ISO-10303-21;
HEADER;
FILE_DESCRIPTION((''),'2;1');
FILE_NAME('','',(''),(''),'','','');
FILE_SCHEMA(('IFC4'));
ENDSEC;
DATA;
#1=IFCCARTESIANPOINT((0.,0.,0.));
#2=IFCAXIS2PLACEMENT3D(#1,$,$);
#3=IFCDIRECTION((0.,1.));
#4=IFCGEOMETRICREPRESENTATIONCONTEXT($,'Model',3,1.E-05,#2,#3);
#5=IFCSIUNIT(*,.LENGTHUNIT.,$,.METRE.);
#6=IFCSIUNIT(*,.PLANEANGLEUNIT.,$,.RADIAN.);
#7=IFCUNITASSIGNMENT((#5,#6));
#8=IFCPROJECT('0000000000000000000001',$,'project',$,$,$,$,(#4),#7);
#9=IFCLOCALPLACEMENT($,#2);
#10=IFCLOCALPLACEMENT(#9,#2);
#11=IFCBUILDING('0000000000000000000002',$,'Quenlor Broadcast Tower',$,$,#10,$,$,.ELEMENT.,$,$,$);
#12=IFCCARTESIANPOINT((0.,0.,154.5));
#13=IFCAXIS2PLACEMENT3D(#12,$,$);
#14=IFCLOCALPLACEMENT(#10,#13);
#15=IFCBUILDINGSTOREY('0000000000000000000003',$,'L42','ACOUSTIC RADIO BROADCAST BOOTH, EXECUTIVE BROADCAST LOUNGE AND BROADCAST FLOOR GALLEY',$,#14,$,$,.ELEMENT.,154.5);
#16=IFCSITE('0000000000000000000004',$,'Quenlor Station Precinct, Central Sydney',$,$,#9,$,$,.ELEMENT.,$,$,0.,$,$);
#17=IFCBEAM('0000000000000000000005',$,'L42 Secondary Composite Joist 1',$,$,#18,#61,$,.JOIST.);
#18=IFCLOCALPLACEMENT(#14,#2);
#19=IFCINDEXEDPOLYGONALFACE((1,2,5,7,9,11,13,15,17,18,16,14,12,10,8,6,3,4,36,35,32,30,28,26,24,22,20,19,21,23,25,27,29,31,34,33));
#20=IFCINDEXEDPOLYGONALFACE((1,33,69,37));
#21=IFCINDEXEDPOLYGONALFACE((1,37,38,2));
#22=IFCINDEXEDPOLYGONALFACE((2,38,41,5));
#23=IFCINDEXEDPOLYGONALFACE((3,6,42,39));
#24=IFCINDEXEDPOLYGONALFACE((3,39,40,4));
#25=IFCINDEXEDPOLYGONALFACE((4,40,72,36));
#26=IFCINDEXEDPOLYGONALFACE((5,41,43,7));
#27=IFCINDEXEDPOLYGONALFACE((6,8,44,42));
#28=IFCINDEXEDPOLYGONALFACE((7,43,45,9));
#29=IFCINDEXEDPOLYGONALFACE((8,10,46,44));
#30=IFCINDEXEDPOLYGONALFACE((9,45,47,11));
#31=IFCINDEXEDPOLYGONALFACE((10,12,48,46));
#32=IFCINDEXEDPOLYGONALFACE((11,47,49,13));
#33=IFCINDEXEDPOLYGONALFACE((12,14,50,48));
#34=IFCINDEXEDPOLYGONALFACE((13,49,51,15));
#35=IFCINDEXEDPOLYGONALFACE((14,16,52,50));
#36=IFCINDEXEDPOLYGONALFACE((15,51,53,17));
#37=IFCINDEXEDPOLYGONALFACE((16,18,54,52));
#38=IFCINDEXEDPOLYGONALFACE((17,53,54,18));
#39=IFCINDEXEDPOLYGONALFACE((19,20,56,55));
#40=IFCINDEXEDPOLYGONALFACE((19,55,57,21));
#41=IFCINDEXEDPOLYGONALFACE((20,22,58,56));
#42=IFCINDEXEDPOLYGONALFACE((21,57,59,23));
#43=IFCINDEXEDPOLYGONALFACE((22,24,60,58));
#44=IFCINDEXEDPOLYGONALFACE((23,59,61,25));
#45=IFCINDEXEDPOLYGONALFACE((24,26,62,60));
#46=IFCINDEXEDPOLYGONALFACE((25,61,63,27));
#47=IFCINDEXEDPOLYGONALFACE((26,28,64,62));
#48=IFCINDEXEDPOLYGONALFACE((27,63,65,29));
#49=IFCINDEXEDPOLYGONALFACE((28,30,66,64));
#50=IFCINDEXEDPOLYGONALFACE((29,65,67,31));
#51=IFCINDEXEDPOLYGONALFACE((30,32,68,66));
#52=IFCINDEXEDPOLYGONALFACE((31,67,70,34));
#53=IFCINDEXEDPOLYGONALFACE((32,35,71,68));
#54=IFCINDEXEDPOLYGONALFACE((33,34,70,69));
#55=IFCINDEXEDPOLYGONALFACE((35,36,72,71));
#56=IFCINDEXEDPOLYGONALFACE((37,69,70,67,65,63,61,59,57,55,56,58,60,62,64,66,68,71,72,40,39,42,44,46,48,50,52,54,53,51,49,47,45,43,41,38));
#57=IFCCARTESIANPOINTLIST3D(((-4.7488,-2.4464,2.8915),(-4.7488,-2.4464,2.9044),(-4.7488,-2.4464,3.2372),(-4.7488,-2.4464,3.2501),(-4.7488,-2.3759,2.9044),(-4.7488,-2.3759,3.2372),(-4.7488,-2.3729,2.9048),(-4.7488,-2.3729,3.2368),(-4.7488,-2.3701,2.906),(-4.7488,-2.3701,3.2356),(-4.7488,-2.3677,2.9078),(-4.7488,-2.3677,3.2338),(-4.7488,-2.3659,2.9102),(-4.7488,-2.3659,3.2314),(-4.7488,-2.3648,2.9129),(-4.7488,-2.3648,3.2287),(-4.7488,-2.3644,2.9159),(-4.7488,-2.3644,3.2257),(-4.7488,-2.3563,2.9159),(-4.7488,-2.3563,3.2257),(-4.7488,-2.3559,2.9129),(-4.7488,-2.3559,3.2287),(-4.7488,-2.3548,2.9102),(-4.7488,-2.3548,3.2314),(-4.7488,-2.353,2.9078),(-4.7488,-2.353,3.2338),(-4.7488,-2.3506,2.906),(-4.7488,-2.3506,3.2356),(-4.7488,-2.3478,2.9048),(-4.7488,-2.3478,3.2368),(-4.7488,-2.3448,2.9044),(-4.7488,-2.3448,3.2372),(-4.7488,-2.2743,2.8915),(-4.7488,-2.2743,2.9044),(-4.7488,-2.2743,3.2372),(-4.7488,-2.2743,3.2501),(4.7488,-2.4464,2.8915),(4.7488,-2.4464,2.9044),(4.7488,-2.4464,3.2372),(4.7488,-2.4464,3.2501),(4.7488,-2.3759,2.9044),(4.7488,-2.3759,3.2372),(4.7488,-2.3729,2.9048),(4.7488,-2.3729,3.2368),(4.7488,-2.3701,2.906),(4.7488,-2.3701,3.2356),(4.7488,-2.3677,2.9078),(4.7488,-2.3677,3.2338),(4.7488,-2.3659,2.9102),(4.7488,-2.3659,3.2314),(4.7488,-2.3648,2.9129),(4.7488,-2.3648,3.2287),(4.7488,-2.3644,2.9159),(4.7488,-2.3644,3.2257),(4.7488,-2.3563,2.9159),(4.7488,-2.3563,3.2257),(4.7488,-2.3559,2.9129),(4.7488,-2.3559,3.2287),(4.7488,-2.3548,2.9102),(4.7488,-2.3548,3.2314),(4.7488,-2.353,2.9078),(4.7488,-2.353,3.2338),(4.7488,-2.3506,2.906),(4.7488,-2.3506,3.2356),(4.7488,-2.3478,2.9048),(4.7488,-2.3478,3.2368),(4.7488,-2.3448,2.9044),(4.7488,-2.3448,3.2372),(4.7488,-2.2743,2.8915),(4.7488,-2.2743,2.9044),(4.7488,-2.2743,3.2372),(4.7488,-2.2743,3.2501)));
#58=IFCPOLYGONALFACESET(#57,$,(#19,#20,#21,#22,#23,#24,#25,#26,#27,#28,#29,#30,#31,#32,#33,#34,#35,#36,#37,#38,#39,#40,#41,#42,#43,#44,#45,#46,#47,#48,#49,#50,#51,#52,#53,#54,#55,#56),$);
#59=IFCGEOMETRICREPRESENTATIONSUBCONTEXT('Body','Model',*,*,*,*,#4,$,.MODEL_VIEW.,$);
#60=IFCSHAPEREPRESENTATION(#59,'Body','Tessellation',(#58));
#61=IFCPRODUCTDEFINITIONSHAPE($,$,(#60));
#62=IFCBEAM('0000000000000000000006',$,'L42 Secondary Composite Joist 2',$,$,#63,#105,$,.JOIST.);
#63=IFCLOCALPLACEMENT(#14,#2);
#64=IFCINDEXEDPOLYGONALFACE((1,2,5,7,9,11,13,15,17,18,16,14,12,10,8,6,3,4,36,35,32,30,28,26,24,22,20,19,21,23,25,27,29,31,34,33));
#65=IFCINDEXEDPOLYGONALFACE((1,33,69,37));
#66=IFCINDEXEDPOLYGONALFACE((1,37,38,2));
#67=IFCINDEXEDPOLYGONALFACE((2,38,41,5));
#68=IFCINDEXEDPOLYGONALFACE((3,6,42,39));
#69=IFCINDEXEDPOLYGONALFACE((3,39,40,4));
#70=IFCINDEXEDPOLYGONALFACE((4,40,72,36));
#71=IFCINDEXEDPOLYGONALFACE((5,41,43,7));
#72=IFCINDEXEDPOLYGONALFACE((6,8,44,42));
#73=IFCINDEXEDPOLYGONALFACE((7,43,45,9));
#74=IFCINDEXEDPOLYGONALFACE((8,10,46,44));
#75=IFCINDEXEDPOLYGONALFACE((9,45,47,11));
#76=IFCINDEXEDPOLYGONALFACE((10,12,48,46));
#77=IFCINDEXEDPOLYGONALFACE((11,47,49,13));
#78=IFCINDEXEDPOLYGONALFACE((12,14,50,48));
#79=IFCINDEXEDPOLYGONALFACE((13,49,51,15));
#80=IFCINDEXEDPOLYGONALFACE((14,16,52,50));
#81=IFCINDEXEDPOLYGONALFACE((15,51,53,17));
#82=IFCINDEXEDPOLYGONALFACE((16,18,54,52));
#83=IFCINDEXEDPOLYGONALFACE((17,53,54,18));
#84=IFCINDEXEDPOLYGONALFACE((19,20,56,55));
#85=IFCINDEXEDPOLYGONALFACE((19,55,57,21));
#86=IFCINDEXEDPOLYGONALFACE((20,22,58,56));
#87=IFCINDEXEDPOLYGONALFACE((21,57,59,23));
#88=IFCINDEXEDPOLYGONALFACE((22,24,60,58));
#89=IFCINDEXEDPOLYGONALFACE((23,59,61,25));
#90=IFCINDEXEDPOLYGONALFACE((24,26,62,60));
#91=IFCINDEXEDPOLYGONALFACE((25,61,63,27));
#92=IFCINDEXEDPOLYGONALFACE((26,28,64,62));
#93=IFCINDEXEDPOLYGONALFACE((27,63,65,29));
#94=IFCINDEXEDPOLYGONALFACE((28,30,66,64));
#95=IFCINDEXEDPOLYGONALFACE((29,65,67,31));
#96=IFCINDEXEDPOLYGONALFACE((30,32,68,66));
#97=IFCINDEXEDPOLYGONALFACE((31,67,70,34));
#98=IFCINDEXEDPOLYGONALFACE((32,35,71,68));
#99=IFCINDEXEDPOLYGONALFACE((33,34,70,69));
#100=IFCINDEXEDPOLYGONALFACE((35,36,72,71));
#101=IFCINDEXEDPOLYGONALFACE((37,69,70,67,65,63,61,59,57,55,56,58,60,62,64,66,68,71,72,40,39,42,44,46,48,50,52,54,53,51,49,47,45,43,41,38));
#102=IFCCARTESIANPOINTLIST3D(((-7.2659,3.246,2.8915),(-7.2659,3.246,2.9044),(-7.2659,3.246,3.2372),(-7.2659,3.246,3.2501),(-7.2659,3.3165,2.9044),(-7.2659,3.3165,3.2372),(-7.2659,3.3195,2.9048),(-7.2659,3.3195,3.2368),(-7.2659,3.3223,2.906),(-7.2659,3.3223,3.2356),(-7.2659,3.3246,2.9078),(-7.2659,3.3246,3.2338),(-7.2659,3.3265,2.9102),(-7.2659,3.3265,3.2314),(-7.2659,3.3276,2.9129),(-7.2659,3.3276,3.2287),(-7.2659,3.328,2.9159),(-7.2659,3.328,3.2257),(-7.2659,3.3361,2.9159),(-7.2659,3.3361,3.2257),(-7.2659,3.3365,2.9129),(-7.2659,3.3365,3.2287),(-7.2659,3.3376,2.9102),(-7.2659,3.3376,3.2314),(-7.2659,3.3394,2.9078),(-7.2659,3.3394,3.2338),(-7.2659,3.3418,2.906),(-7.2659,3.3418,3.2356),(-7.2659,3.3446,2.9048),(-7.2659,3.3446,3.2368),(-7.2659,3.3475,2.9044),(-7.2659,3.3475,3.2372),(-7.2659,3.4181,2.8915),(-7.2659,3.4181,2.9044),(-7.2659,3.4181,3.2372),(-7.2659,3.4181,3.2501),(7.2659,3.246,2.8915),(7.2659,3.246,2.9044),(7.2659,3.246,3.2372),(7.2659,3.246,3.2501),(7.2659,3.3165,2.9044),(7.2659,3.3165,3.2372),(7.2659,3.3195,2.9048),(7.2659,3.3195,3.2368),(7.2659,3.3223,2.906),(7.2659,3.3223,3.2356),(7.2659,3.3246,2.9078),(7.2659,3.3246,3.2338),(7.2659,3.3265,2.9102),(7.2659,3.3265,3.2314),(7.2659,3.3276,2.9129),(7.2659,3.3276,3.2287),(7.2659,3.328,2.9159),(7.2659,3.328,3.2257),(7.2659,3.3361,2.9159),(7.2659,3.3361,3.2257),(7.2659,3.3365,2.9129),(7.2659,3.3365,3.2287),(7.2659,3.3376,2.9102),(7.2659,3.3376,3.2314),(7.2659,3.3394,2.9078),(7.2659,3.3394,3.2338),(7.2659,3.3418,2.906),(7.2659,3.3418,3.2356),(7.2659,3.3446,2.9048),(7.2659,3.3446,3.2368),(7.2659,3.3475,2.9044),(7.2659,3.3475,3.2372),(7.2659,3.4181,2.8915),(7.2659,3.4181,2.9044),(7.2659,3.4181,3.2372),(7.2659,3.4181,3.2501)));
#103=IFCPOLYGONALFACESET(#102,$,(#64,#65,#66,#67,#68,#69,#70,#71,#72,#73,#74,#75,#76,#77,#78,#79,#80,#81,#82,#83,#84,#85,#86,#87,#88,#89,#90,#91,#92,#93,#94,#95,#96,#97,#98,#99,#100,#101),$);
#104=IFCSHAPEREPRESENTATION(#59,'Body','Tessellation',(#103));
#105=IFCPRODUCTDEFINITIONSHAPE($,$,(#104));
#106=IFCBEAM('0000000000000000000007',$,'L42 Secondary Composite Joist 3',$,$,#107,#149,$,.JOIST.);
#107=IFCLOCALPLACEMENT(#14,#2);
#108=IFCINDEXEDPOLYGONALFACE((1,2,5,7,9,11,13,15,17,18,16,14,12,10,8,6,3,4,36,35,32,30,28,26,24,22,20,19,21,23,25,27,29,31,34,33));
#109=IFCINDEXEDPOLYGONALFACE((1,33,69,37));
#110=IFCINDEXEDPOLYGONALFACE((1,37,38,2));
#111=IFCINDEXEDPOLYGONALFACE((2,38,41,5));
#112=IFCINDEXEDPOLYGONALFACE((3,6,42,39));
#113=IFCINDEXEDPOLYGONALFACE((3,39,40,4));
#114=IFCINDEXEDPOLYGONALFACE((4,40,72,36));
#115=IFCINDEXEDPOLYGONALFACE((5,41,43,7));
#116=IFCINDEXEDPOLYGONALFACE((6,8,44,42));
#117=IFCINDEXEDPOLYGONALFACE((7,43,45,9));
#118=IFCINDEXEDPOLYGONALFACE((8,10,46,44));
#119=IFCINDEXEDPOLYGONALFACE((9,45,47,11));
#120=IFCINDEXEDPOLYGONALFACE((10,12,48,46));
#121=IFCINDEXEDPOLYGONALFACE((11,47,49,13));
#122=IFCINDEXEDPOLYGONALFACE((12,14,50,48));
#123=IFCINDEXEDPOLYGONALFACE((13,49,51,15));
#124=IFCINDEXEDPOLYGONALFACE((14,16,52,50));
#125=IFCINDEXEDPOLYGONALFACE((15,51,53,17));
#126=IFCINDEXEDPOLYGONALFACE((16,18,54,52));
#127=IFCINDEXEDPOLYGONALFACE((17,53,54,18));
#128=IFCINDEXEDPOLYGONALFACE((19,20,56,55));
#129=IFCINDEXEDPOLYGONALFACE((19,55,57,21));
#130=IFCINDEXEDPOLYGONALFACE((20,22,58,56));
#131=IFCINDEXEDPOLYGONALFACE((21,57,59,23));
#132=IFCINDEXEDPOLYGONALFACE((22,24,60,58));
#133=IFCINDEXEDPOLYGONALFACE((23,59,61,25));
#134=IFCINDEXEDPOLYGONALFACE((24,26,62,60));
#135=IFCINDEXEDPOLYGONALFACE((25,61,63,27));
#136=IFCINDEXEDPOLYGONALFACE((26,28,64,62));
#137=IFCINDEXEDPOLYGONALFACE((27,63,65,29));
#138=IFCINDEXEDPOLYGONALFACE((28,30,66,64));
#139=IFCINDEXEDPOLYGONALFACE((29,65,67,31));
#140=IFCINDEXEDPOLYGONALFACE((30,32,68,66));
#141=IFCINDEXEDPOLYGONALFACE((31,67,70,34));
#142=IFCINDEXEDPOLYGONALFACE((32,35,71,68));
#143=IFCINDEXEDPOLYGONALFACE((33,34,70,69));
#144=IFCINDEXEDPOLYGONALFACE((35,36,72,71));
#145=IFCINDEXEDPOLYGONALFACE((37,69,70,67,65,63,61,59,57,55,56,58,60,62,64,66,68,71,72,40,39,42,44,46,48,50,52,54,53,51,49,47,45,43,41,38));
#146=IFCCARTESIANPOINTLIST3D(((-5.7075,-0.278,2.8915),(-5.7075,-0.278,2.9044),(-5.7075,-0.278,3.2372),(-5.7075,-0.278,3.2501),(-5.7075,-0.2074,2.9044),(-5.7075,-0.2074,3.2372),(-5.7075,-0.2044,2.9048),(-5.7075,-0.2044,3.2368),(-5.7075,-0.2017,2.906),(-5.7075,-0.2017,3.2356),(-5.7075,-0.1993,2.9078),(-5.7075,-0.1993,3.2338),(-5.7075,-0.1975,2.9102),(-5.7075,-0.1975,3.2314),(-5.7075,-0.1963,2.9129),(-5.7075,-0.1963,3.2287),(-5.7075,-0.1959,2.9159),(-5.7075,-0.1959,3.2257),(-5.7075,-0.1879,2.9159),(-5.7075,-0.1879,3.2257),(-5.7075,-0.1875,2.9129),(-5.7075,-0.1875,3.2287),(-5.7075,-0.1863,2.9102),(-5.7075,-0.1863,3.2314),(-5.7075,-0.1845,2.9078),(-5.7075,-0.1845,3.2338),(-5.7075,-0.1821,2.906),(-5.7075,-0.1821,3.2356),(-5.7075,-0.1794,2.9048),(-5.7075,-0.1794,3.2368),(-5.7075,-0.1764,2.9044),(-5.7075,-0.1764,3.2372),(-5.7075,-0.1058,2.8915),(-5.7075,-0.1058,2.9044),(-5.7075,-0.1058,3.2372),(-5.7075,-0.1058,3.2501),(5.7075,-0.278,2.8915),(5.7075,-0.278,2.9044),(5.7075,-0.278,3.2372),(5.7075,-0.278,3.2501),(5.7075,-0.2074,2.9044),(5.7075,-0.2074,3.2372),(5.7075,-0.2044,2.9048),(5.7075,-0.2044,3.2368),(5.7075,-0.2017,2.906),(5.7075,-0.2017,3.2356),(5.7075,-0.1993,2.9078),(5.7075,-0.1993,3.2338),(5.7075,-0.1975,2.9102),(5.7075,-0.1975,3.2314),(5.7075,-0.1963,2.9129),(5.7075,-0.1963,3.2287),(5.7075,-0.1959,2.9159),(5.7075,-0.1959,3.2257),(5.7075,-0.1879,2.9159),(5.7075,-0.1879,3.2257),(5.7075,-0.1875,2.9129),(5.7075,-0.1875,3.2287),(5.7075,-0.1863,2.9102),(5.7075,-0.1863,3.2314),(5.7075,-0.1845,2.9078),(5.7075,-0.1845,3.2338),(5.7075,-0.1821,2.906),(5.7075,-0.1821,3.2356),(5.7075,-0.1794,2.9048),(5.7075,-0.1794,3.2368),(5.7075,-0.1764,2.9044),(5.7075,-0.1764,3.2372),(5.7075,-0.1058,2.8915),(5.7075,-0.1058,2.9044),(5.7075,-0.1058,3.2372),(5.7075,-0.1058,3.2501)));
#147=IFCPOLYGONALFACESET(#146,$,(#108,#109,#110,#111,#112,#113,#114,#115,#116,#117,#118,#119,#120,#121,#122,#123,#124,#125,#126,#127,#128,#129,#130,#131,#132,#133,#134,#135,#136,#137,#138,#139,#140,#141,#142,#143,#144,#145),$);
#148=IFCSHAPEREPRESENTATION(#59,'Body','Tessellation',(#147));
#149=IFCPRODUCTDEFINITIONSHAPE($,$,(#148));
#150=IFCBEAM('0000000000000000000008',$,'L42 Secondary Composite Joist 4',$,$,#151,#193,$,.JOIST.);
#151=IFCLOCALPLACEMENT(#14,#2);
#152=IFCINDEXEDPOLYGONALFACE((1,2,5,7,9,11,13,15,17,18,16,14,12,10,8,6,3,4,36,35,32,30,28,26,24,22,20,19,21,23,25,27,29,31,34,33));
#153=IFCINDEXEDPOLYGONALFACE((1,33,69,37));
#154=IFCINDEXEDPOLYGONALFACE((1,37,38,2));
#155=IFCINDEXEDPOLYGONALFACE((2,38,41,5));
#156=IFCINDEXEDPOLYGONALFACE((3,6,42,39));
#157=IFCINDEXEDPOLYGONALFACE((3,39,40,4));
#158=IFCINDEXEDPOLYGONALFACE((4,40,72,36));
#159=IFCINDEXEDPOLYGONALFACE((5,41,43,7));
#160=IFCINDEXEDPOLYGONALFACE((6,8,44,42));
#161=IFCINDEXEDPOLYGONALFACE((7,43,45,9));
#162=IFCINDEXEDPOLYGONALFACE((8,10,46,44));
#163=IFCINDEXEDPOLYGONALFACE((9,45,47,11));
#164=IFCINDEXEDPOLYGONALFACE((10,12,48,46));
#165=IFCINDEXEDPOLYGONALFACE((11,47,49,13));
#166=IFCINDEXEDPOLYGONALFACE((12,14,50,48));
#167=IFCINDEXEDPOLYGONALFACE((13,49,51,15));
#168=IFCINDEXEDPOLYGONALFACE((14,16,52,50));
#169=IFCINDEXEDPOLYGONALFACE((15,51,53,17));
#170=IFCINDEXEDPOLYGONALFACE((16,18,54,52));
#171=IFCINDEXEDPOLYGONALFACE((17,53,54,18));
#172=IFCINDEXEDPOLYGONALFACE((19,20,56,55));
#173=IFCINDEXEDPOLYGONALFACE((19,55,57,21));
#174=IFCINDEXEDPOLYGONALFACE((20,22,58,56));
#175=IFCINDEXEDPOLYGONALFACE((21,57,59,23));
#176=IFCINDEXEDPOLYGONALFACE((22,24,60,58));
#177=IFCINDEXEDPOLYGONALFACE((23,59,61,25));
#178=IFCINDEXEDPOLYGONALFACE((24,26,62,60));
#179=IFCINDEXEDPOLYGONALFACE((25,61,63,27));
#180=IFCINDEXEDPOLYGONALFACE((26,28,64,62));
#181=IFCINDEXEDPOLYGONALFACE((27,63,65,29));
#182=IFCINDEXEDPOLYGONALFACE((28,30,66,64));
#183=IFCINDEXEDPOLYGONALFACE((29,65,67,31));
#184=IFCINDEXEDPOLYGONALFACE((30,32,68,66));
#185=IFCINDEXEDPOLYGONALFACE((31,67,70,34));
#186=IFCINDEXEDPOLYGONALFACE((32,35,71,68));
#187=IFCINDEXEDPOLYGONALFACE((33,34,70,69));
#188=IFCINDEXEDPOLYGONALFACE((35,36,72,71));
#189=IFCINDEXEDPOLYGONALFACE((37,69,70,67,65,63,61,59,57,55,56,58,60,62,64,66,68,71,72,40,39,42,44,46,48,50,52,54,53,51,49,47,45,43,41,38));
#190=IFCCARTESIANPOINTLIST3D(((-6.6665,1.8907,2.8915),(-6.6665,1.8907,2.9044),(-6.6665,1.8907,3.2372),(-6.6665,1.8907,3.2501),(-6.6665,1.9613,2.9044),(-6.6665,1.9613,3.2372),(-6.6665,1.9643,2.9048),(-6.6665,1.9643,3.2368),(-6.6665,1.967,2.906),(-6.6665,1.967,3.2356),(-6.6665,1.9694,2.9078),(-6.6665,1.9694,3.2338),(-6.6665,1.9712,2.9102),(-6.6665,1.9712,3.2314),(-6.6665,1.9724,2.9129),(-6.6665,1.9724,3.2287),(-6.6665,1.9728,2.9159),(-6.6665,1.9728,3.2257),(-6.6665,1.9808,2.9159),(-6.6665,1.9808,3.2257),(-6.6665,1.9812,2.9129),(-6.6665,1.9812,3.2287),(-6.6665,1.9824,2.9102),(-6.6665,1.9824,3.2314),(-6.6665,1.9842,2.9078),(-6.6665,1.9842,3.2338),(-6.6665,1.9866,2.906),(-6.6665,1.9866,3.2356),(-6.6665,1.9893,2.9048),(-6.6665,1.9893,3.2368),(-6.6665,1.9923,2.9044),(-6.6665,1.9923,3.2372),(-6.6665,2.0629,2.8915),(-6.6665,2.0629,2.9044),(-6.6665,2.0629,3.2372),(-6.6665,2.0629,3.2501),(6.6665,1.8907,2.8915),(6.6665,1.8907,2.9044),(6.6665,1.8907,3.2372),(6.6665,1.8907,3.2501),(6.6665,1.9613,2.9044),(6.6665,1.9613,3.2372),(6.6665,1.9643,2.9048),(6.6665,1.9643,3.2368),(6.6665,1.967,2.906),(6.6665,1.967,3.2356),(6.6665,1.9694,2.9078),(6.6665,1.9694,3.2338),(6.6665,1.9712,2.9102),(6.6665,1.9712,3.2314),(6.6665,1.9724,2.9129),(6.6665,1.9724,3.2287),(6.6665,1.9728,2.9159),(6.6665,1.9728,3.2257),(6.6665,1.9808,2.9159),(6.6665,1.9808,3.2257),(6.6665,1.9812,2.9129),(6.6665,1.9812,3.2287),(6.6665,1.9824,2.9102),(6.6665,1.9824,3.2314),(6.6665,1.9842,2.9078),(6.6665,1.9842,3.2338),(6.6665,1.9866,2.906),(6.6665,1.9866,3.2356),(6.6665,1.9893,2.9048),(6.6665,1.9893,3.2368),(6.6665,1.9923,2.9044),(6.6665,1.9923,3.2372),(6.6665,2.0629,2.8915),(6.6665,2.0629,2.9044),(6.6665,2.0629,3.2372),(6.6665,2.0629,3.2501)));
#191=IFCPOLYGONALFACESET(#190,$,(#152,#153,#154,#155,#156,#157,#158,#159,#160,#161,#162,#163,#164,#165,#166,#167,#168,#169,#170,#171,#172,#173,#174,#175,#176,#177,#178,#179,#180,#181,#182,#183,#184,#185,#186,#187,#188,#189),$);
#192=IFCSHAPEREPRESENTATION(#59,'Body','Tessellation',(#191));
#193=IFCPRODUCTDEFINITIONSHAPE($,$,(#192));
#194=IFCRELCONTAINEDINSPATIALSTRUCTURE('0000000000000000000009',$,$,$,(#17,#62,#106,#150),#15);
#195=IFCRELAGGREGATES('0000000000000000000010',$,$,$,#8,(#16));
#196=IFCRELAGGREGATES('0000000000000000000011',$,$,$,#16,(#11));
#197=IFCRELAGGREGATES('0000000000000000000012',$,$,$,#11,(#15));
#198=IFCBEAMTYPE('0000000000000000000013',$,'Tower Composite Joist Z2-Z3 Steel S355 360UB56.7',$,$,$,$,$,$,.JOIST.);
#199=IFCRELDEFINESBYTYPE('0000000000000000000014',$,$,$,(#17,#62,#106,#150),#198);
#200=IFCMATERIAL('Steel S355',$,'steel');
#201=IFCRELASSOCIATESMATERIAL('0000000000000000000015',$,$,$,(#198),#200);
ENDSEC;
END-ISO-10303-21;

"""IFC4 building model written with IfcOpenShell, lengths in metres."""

from ifc_helpers import new_model, si_unit, direction, frame, origin, origin_2d, place, context, subcontext, project, spatial, i_section, extrude, material, material_profile, profile_set, type_object, element, save


model = new_model("IFC4")

# Units and contexts
model_context = context("Model", 3, precision=1e-05, world=origin(), true_north=direction((0.0, 1.0)))
body_context = subcontext(model_context, "Body", "Model", "MODEL_VIEW")
ifc_project = project(units=[si_unit("LENGTHUNIT", "METRE"), si_unit("PLANEANGLEUNIT", "RADIAN")], contexts=[model_context])

# Site, building, storey
site_placement = place(None, origin())
site = spatial("IfcSite", under=ifc_project, at=site_placement, Name="Quenlor Station Precinct, Central Sydney", CompositionType="ELEMENT", RefElevation=0.0)
building_placement = place(site_placement, origin())
building = spatial("IfcBuilding", under=site, at=building_placement, Name="Quenlor Broadcast Tower", CompositionType="ELEMENT")
storey_placement = place(building_placement, frame((0.0, 0.0, 154.5)))
storey = spatial("IfcBuildingStorey", under=building, at=storey_placement, Name="L42", Description="ACOUSTIC RADIO BROADCAST BOOTH, EXECUTIVE BROADCAST LOUNGE AND BROADCAST FLOOR GALLEY", CompositionType="ELEMENT", Elevation=154.5)

# Beams
ifc_material_1 = material(Name="Steel S355", Category="steel")
ifc_material_profile = material_profile(ifc_material_1, i_section(OverallWidth=0.1721, OverallDepth=0.3586, WebThickness=0.0081, FlangeThickness=0.0129, FilletRadius=0.0115, at=origin_2d()))
ifc_profile_set = profile_set([ifc_material_profile], Name="Steel S355 360UB56.7")
beam_type = type_object("IfcBeamType", Name="Tower Composite Joist Z2-Z3 Steel S355 360UB56.7", PredefinedType="JOIST", material=ifc_profile_set)
beam_1_placement = place(storey_placement, frame((-4.7488, -2.3604, 3.0708), z_axis=(1.0, 0.0, 0.0), x_axis=(0.0, 1.0, 0.0)))
element("IfcBeam", 1, at=beam_1_placement, inside=storey, type_object=beam_type, Name="L42 Secondary Composite Joist 1", PredefinedType="JOIST", context=body_context, shape_type="SweptSolid", body=[
    extrude(i_section(OverallWidth=0.1721, OverallDepth=0.3586, WebThickness=0.0081, FlangeThickness=0.0129, FilletRadius=0.0115, at=origin_2d()), origin(), (0.0, 0.0, 1.0), 9.4976),
])
beam_2_placement = place(storey_placement, frame((-7.2659, 3.332, 3.0708), z_axis=(1.0, 0.0, 0.0), x_axis=(0.0, 1.0, 0.0)))
element("IfcBeam", 2, at=beam_2_placement, inside=storey, type_object=beam_type, Name="L42 Secondary Composite Joist 2", PredefinedType="JOIST", context=body_context, shape_type="SweptSolid", body=[
    extrude(i_section(OverallWidth=0.1721, OverallDepth=0.3586, WebThickness=0.0081, FlangeThickness=0.0129, FilletRadius=0.0115, at=origin_2d()), origin(), (0.0, 0.0, 1.0), 14.5317),
])
beam_3_placement = place(storey_placement, frame((-5.7075, -0.1919, 3.0708), z_axis=(1.0, 0.0, 0.0), x_axis=(0.0, 1.0, 0.0)))
element("IfcBeam", 3, at=beam_3_placement, inside=storey, type_object=beam_type, Name="L42 Secondary Composite Joist 3", PredefinedType="JOIST", context=body_context, shape_type="SweptSolid", body=[
    extrude(i_section(OverallWidth=0.1721, OverallDepth=0.3586, WebThickness=0.0081, FlangeThickness=0.0129, FilletRadius=0.0115, at=origin_2d()), origin(), (0.0, 0.0, 1.0), 11.415),
])
beam_4_placement = place(storey_placement, frame((-6.6665, 1.9768, 3.0708), z_axis=(1.0, 0.0, 0.0), x_axis=(0.0, 1.0, 0.0)))
element("IfcBeam", 4, at=beam_4_placement, inside=storey, type_object=beam_type, Name="L42 Secondary Composite Joist 4", PredefinedType="JOIST", context=body_context, shape_type="SweptSolid", body=[
    extrude(i_section(OverallWidth=0.1721, OverallDepth=0.3586, WebThickness=0.0081, FlangeThickness=0.0129, FilletRadius=0.0115, at=origin_2d()), origin(), (0.0, 0.0, 1.0), 13.333),
])

save(model, "model.ifc")
